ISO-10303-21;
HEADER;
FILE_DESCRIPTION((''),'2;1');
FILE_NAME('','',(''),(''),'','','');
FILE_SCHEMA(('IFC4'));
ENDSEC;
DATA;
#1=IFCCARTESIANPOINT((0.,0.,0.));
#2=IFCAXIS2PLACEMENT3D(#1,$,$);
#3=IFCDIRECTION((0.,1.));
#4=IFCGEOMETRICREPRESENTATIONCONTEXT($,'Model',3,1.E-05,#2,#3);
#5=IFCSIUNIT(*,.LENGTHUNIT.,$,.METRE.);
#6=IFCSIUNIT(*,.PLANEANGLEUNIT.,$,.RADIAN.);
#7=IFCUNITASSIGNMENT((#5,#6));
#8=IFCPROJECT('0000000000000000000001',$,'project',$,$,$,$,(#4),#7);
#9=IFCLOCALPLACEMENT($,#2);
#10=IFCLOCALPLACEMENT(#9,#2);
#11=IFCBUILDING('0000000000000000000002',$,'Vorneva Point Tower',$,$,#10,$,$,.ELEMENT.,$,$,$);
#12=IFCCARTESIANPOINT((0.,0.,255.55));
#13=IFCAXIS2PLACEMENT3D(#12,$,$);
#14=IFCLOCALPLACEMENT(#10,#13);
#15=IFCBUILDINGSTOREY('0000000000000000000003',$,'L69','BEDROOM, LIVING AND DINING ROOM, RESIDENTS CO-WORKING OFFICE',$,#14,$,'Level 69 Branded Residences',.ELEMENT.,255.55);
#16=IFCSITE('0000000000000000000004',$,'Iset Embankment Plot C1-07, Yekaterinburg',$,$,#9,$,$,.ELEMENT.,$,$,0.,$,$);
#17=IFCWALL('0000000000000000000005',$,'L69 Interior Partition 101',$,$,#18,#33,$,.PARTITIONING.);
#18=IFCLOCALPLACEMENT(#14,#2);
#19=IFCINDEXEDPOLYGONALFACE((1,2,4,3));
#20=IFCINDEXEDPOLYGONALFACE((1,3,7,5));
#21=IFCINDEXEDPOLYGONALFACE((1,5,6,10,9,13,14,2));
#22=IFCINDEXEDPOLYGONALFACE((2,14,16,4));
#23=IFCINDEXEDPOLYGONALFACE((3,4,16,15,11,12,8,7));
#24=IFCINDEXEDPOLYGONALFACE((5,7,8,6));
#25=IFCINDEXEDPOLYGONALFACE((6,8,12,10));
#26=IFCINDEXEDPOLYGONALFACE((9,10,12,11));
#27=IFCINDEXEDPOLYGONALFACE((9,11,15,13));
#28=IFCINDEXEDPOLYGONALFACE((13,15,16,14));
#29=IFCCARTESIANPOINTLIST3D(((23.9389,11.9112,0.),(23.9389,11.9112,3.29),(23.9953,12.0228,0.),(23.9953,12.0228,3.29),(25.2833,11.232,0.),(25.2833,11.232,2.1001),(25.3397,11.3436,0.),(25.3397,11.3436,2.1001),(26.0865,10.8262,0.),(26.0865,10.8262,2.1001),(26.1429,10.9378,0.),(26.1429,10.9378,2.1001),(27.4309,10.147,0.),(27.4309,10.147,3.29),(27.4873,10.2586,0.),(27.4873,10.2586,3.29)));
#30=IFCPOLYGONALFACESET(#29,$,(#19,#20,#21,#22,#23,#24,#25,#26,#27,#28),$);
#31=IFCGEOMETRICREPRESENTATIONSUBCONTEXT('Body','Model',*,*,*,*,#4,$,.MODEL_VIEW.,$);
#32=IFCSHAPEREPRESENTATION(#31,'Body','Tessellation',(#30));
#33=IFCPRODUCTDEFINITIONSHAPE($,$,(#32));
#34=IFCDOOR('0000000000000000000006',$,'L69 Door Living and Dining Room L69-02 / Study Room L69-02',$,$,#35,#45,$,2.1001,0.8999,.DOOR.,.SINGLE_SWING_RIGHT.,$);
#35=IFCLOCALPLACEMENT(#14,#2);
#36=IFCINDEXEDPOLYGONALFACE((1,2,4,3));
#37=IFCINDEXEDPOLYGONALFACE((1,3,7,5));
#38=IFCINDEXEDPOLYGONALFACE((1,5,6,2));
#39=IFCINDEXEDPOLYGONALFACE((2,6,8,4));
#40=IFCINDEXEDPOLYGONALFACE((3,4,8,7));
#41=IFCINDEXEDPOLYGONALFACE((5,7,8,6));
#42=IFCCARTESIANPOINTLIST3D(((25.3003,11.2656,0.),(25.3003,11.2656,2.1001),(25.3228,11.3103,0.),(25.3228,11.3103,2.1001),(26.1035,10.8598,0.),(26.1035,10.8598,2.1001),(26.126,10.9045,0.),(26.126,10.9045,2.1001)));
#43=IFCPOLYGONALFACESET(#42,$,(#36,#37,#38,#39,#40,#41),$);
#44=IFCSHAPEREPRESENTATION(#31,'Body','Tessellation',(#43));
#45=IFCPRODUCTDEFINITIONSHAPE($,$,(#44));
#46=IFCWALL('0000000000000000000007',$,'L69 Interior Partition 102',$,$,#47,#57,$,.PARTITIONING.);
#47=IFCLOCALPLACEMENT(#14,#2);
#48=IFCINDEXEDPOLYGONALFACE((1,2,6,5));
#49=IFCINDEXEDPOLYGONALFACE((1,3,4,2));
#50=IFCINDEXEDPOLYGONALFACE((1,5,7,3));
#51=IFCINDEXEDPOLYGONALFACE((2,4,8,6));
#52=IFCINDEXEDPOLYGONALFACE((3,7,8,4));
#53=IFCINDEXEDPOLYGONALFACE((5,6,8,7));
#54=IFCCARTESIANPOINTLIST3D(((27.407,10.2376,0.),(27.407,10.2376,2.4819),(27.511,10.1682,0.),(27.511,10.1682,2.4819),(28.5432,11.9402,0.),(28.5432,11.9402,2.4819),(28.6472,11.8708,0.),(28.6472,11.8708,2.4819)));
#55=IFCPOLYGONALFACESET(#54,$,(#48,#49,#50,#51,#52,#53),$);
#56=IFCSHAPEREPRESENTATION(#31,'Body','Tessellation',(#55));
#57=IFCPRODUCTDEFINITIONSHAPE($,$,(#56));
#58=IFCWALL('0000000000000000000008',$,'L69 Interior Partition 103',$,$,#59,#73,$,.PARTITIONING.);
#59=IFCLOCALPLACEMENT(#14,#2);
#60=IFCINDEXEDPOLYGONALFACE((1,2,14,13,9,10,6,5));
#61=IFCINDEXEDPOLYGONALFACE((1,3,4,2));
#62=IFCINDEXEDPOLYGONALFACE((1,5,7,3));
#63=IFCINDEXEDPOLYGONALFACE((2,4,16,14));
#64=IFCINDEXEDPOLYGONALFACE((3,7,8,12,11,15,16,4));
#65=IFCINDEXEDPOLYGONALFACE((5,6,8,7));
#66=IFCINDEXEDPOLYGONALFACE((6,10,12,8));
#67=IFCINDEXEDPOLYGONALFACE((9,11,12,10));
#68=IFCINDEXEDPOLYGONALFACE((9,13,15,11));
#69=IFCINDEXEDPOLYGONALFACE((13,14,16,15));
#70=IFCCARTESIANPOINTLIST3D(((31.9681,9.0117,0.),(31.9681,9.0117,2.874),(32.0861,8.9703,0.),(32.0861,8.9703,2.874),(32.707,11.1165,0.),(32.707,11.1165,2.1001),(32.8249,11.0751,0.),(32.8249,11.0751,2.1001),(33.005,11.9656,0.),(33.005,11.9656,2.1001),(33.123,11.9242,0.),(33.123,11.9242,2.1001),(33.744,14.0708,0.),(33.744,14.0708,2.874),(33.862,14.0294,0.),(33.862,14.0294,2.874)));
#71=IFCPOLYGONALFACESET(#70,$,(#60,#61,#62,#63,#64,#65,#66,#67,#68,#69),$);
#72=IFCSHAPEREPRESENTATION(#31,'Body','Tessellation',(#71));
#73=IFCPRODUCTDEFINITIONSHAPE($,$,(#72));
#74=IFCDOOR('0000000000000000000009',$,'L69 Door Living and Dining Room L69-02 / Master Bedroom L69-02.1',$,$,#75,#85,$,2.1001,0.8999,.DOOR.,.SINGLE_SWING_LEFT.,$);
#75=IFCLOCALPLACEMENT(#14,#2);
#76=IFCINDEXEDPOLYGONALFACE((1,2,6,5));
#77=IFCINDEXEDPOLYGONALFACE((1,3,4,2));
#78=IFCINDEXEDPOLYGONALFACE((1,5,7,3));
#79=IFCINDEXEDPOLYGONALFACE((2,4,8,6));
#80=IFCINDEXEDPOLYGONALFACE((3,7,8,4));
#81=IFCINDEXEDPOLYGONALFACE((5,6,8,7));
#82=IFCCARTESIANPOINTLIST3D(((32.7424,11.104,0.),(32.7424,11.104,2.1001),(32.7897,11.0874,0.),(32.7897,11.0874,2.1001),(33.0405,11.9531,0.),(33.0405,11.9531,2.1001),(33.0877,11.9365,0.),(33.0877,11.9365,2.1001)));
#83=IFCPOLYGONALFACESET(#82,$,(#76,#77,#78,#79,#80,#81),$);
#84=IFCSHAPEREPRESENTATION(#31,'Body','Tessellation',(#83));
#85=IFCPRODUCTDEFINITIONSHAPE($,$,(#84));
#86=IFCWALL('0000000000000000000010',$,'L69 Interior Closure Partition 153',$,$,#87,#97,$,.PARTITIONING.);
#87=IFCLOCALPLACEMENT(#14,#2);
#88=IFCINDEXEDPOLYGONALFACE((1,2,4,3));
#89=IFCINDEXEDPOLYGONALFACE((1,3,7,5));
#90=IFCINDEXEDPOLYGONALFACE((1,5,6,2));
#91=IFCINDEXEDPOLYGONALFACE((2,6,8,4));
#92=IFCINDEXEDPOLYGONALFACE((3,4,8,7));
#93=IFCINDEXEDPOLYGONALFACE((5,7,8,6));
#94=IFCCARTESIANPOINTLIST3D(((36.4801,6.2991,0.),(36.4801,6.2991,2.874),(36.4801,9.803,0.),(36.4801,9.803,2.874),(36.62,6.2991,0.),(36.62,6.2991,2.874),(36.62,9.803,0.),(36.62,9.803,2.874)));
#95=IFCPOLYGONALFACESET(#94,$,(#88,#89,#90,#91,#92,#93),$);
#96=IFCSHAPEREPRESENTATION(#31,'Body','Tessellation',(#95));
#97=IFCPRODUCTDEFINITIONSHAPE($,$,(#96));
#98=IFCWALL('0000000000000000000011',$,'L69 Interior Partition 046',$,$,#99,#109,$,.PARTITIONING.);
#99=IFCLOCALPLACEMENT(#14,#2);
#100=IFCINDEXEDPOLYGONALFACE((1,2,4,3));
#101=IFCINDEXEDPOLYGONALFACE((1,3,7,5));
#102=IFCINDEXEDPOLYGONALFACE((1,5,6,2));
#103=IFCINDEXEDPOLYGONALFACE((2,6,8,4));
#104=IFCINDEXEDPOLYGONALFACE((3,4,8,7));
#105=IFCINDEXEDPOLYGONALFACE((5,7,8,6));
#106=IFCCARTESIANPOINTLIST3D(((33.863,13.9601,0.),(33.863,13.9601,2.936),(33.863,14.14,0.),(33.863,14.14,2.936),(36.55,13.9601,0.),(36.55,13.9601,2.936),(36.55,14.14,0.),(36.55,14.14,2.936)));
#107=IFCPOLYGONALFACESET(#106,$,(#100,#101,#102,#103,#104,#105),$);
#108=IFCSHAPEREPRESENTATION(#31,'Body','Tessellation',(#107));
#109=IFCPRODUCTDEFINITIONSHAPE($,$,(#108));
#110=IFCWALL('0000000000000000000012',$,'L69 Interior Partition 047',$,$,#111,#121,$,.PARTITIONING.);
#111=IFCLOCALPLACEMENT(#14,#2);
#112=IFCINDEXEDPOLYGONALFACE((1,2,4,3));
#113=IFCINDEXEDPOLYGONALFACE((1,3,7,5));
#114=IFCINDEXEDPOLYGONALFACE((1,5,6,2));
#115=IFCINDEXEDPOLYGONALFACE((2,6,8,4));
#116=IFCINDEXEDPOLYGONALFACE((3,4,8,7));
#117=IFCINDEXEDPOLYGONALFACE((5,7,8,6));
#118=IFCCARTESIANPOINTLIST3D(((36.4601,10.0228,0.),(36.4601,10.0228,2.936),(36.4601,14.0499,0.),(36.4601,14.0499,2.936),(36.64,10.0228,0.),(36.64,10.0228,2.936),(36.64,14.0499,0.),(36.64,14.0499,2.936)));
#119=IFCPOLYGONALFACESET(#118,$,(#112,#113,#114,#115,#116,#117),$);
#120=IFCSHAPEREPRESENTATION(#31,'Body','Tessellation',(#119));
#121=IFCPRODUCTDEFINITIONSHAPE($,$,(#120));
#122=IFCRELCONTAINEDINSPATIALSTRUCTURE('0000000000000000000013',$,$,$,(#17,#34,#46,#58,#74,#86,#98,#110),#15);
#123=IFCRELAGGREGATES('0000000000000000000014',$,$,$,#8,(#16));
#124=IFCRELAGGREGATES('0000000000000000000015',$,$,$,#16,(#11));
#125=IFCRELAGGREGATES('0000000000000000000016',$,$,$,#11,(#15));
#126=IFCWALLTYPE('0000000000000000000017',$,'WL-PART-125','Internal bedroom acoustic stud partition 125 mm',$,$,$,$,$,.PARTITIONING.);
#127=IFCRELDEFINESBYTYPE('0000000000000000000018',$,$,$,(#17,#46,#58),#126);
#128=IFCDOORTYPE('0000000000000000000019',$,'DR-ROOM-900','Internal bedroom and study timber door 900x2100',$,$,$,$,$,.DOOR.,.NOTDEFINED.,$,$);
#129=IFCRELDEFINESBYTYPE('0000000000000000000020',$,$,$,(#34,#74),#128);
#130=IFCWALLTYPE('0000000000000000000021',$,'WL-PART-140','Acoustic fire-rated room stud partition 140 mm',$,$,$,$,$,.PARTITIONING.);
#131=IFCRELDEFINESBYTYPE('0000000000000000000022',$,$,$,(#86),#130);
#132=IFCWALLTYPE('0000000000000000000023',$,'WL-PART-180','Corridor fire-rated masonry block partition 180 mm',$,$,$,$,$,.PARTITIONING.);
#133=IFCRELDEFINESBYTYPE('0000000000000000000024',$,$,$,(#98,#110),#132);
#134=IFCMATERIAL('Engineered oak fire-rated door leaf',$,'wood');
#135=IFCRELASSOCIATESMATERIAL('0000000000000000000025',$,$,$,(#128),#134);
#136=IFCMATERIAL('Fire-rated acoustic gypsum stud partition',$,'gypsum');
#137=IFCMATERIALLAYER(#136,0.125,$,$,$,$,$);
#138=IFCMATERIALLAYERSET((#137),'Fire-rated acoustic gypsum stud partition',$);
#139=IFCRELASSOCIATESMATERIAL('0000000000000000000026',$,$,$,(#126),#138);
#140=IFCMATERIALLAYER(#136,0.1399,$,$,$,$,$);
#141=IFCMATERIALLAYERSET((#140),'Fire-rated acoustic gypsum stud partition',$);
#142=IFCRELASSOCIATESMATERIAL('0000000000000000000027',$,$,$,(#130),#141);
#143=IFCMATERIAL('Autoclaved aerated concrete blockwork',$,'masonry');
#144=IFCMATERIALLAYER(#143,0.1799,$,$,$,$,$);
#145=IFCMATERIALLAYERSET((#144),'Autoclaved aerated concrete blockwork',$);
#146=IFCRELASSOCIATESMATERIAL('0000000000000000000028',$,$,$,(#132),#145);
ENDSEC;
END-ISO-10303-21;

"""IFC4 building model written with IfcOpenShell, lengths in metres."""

from ifc_helpers import new_model, si_unit, direction, frame, frame_2d, origin, place, context, subcontext, project, spatial, rectangle, extrude, material, layer, layer_set, type_object, element, fill, save


model = new_model("IFC4")

# Units and contexts
model_context = context("Model", 3, precision=1e-05, world=origin(), true_north=direction((0.0, 1.0)))
body_context = subcontext(model_context, "Body", "Model", "MODEL_VIEW")
ifc_project = project(units=[si_unit("LENGTHUNIT", "METRE"), si_unit("PLANEANGLEUNIT", "RADIAN")], contexts=[model_context])

# Site, building, storey
site_placement = place(None, origin())
site = spatial("IfcSite", under=ifc_project, at=site_placement, Name="Iset Embankment Plot C1-07, Yekaterinburg", CompositionType="ELEMENT", RefElevation=0.0)
building_placement = place(site_placement, origin())
building = spatial("IfcBuilding", under=site, at=building_placement, Name="Vorneva Point Tower", CompositionType="ELEMENT")
storey_placement = place(building_placement, frame((0.0, 0.0, 255.55)))
storey = spatial("IfcBuildingStorey", under=building, at=storey_placement, Name="L69", Description="BEDROOM, LIVING AND DINING ROOM, RESIDENTS CO-WORKING OFFICE", LongName="Level 69 Branded Residences", CompositionType="ELEMENT", Elevation=255.55)

# Shared definitions
ifc_material_1 = material(Name="Fire-rated acoustic gypsum stud partition", Category="gypsum")

# Shared definitions
ifc_material_2 = material(Name="Engineered oak fire-rated door leaf", Category="wood")
door_type_1 = type_object("IfcDoorType", Name="DR-ROOM-900", Description="Internal bedroom and study timber door 900x2100", OperationType="NOTDEFINED", PredefinedType="DOOR", material=ifc_material_2)

# Wall, opening, door
ifc_layer_1 = layer(ifc_material_1, 0.125)
ifc_layer_set_1 = layer_set([ifc_layer_1], Name="Fire-rated acoustic gypsum stud partition")
wall_type_1 = type_object("IfcWallType", Name="WL-PART-125", Description="Internal bedroom acoustic stud partition 125 mm", PredefinedType="PARTITIONING", material=ifc_layer_set_1)
wall_1_placement = place(storey_placement, frame((27.459, 10.2029, 0.0), z_axis=(0.0, 0.0, 1.0), x_axis=(-0.89256, 0.450929, 0.0)))
wall_1 = element("IfcWall", 1, at=wall_1_placement, inside=storey, type_object=wall_type_1, Name="L69 Interior Partition 101", PredefinedType="PARTITIONING", context=body_context, shape_type="SweptSolid", body=[
    extrude(rectangle(XDim=3.9124, YDim=0.125, at=frame_2d((1.9561, 0.0))), origin(), (0.0, 0.0, 1.0), 3.29),
])
opening_1_placement = place(wall_1_placement, frame((1.5061, 0.0, 0.0)))
opening_1 = element("IfcOpeningElement", 2, at=opening_1_placement, cuts=wall_1, PredefinedType="OPENING", context=body_context, shape_type="SweptSolid", body=[
    extrude(rectangle(XDim=0.8999, YDim=2.1001, at=frame_2d((0.45, 1.05))), frame((0.0, 0.0774, 0.0), z_axis=(0.0, -1.0, 0.0), x_axis=(1.0, 0.0, 0.0)), (0.0, 0.0, 1.0), 0.1548),
])
door_1_placement = place(opening_1_placement, origin())
door_1 = element("IfcDoor", 3, at=door_1_placement, inside=storey, type_object=door_type_1, Name="L69 Door Living and Dining Room L69-02 / Study Room L69-02", OperationType="SINGLE_SWING_RIGHT", OverallHeight=2.1001, OverallWidth=0.8999, PredefinedType="DOOR", context=body_context, shape_type="SweptSolid", body=[
    extrude(rectangle(XDim=0.8999, YDim=2.1001, at=frame_2d((0.45, 1.05))), frame((0.0, 0.0249, 0.0), z_axis=(0.0, -1.0, 0.0), x_axis=(1.0, 0.0, 0.0)), (0.0, 0.0, 1.0), 0.05),
])
fill(opening_1, door_1)

# Wall
wall_2_placement = place(storey_placement, frame((28.5952, 11.9055, 0.0), z_axis=(0.0, 0.0, 1.0), x_axis=(-0.555085, -0.831793, 0.0)))
element("IfcWall", 4, at=wall_2_placement, inside=storey, type_object=wall_type_1, Name="L69 Interior Partition 102", PredefinedType="PARTITIONING", context=body_context, shape_type="SweptSolid", body=[
    extrude(rectangle(XDim=2.0469, YDim=0.125, at=frame_2d((1.0234, 0.0))), origin(), (0.0, 0.0, 1.0), 2.4819),
])

# Wall, opening, door
wall_3_placement = place(storey_placement, frame((32.0271, 8.991, 0.0), z_axis=(0.0, 0.0, 1.0), x_axis=(0.331214, 0.943556, 0.0)))
wall_3 = element("IfcWall", 5, at=wall_3_placement, inside=storey, type_object=wall_type_1, Name="L69 Interior Partition 103", PredefinedType="PARTITIONING", context=body_context, shape_type="SweptSolid", body=[
    extrude(rectangle(XDim=5.3618, YDim=0.125, at=frame_2d((2.6809, 0.0))), origin(), (0.0, 0.0, 1.0), 2.874),
])
opening_2_placement = place(wall_3_placement, frame((2.2307, 0.0, 0.0)))
opening_2 = element("IfcOpeningElement", 6, at=opening_2_placement, cuts=wall_3, PredefinedType="OPENING", context=body_context, shape_type="SweptSolid", body=[
    extrude(rectangle(XDim=0.8999, YDim=2.1001, at=frame_2d((0.45, 1.05))), frame((0.0, 0.0774, 0.0), z_axis=(0.0, -1.0, 0.0), x_axis=(1.0, 0.0, 0.0)), (0.0, 0.0, 1.0), 0.1548),
])
door_2_placement = place(opening_2_placement, origin())
door_2 = element("IfcDoor", 7, at=door_2_placement, inside=storey, type_object=door_type_1, Name="L69 Door Living and Dining Room L69-02 / Master Bedroom L69-02.1", OperationType="SINGLE_SWING_LEFT", OverallHeight=2.1001, OverallWidth=0.8999, PredefinedType="DOOR", context=body_context, shape_type="SweptSolid", body=[
    extrude(rectangle(XDim=0.8999, YDim=2.1001, at=frame_2d((0.45, 1.05))), frame((0.0, 0.0249, 0.0), z_axis=(0.0, -1.0, 0.0), x_axis=(1.0, 0.0, 0.0)), (0.0, 0.0, 1.0), 0.05),
])
fill(opening_2, door_2)

# Wall
ifc_layer_2 = layer(ifc_material_1, 0.1399)
ifc_layer_set_2 = layer_set([ifc_layer_2], Name="Fire-rated acoustic gypsum stud partition")
wall_type_2 = type_object("IfcWallType", Name="WL-PART-140", Description="Acoustic fire-rated room stud partition 140 mm", PredefinedType="PARTITIONING", material=ifc_layer_set_2)
wall_4_placement = place(storey_placement, frame((36.55, 9.803, 0.0), z_axis=(0.0, 0.0, 1.0), x_axis=(0.0, -1.0, 0.0)))
element("IfcWall", 8, at=wall_4_placement, inside=storey, type_object=wall_type_2, Name="L69 Interior Closure Partition 153", PredefinedType="PARTITIONING", context=body_context, shape_type="SweptSolid", body=[
    extrude(rectangle(XDim=3.5039, YDim=0.1399, at=frame_2d((1.752, 0.0))), origin(), (0.0, 0.0, 1.0), 2.874),
])

# Shared definitions
ifc_material_3 = material(Name="Autoclaved aerated concrete blockwork", Category="masonry")
ifc_layer_3 = layer(ifc_material_3, 0.1799)
ifc_layer_set_3 = layer_set([ifc_layer_3], Name="Autoclaved aerated concrete blockwork")
wall_type_3 = type_object("IfcWallType", Name="WL-PART-180", Description="Corridor fire-rated masonry block partition 180 mm", PredefinedType="PARTITIONING", material=ifc_layer_set_3)

# Walls
wall_5_placement = place(storey_placement, frame((33.863, 14.05, 0.0), z_axis=(0.0, 0.0, 1.0), x_axis=(1.0, 0.0, 0.0)))
element("IfcWall", 9, at=wall_5_placement, inside=storey, type_object=wall_type_3, Name="L69 Interior Partition 046", PredefinedType="PARTITIONING", context=body_context, shape_type="SweptSolid", body=[
    extrude(rectangle(XDim=2.687, YDim=0.1799, at=frame_2d((1.3435, 0.0))), origin(), (0.0, 0.0, 1.0), 2.936),
])
wall_6_placement = place(storey_placement, frame((36.55, 14.05, 0.0), z_axis=(0.0, 0.0, 1.0), x_axis=(0.0, -1.0, 0.0)))
element("IfcWall", 10, at=wall_6_placement, inside=storey, type_object=wall_type_3, Name="L69 Interior Partition 047", PredefinedType="PARTITIONING", context=body_context, shape_type="SweptSolid", body=[
    extrude(rectangle(XDim=4.0271, YDim=0.1799, at=frame_2d((2.0137, 0.0))), origin(), (0.0, 0.0, 1.0), 2.936),
])

save(model, "model.ifc")
